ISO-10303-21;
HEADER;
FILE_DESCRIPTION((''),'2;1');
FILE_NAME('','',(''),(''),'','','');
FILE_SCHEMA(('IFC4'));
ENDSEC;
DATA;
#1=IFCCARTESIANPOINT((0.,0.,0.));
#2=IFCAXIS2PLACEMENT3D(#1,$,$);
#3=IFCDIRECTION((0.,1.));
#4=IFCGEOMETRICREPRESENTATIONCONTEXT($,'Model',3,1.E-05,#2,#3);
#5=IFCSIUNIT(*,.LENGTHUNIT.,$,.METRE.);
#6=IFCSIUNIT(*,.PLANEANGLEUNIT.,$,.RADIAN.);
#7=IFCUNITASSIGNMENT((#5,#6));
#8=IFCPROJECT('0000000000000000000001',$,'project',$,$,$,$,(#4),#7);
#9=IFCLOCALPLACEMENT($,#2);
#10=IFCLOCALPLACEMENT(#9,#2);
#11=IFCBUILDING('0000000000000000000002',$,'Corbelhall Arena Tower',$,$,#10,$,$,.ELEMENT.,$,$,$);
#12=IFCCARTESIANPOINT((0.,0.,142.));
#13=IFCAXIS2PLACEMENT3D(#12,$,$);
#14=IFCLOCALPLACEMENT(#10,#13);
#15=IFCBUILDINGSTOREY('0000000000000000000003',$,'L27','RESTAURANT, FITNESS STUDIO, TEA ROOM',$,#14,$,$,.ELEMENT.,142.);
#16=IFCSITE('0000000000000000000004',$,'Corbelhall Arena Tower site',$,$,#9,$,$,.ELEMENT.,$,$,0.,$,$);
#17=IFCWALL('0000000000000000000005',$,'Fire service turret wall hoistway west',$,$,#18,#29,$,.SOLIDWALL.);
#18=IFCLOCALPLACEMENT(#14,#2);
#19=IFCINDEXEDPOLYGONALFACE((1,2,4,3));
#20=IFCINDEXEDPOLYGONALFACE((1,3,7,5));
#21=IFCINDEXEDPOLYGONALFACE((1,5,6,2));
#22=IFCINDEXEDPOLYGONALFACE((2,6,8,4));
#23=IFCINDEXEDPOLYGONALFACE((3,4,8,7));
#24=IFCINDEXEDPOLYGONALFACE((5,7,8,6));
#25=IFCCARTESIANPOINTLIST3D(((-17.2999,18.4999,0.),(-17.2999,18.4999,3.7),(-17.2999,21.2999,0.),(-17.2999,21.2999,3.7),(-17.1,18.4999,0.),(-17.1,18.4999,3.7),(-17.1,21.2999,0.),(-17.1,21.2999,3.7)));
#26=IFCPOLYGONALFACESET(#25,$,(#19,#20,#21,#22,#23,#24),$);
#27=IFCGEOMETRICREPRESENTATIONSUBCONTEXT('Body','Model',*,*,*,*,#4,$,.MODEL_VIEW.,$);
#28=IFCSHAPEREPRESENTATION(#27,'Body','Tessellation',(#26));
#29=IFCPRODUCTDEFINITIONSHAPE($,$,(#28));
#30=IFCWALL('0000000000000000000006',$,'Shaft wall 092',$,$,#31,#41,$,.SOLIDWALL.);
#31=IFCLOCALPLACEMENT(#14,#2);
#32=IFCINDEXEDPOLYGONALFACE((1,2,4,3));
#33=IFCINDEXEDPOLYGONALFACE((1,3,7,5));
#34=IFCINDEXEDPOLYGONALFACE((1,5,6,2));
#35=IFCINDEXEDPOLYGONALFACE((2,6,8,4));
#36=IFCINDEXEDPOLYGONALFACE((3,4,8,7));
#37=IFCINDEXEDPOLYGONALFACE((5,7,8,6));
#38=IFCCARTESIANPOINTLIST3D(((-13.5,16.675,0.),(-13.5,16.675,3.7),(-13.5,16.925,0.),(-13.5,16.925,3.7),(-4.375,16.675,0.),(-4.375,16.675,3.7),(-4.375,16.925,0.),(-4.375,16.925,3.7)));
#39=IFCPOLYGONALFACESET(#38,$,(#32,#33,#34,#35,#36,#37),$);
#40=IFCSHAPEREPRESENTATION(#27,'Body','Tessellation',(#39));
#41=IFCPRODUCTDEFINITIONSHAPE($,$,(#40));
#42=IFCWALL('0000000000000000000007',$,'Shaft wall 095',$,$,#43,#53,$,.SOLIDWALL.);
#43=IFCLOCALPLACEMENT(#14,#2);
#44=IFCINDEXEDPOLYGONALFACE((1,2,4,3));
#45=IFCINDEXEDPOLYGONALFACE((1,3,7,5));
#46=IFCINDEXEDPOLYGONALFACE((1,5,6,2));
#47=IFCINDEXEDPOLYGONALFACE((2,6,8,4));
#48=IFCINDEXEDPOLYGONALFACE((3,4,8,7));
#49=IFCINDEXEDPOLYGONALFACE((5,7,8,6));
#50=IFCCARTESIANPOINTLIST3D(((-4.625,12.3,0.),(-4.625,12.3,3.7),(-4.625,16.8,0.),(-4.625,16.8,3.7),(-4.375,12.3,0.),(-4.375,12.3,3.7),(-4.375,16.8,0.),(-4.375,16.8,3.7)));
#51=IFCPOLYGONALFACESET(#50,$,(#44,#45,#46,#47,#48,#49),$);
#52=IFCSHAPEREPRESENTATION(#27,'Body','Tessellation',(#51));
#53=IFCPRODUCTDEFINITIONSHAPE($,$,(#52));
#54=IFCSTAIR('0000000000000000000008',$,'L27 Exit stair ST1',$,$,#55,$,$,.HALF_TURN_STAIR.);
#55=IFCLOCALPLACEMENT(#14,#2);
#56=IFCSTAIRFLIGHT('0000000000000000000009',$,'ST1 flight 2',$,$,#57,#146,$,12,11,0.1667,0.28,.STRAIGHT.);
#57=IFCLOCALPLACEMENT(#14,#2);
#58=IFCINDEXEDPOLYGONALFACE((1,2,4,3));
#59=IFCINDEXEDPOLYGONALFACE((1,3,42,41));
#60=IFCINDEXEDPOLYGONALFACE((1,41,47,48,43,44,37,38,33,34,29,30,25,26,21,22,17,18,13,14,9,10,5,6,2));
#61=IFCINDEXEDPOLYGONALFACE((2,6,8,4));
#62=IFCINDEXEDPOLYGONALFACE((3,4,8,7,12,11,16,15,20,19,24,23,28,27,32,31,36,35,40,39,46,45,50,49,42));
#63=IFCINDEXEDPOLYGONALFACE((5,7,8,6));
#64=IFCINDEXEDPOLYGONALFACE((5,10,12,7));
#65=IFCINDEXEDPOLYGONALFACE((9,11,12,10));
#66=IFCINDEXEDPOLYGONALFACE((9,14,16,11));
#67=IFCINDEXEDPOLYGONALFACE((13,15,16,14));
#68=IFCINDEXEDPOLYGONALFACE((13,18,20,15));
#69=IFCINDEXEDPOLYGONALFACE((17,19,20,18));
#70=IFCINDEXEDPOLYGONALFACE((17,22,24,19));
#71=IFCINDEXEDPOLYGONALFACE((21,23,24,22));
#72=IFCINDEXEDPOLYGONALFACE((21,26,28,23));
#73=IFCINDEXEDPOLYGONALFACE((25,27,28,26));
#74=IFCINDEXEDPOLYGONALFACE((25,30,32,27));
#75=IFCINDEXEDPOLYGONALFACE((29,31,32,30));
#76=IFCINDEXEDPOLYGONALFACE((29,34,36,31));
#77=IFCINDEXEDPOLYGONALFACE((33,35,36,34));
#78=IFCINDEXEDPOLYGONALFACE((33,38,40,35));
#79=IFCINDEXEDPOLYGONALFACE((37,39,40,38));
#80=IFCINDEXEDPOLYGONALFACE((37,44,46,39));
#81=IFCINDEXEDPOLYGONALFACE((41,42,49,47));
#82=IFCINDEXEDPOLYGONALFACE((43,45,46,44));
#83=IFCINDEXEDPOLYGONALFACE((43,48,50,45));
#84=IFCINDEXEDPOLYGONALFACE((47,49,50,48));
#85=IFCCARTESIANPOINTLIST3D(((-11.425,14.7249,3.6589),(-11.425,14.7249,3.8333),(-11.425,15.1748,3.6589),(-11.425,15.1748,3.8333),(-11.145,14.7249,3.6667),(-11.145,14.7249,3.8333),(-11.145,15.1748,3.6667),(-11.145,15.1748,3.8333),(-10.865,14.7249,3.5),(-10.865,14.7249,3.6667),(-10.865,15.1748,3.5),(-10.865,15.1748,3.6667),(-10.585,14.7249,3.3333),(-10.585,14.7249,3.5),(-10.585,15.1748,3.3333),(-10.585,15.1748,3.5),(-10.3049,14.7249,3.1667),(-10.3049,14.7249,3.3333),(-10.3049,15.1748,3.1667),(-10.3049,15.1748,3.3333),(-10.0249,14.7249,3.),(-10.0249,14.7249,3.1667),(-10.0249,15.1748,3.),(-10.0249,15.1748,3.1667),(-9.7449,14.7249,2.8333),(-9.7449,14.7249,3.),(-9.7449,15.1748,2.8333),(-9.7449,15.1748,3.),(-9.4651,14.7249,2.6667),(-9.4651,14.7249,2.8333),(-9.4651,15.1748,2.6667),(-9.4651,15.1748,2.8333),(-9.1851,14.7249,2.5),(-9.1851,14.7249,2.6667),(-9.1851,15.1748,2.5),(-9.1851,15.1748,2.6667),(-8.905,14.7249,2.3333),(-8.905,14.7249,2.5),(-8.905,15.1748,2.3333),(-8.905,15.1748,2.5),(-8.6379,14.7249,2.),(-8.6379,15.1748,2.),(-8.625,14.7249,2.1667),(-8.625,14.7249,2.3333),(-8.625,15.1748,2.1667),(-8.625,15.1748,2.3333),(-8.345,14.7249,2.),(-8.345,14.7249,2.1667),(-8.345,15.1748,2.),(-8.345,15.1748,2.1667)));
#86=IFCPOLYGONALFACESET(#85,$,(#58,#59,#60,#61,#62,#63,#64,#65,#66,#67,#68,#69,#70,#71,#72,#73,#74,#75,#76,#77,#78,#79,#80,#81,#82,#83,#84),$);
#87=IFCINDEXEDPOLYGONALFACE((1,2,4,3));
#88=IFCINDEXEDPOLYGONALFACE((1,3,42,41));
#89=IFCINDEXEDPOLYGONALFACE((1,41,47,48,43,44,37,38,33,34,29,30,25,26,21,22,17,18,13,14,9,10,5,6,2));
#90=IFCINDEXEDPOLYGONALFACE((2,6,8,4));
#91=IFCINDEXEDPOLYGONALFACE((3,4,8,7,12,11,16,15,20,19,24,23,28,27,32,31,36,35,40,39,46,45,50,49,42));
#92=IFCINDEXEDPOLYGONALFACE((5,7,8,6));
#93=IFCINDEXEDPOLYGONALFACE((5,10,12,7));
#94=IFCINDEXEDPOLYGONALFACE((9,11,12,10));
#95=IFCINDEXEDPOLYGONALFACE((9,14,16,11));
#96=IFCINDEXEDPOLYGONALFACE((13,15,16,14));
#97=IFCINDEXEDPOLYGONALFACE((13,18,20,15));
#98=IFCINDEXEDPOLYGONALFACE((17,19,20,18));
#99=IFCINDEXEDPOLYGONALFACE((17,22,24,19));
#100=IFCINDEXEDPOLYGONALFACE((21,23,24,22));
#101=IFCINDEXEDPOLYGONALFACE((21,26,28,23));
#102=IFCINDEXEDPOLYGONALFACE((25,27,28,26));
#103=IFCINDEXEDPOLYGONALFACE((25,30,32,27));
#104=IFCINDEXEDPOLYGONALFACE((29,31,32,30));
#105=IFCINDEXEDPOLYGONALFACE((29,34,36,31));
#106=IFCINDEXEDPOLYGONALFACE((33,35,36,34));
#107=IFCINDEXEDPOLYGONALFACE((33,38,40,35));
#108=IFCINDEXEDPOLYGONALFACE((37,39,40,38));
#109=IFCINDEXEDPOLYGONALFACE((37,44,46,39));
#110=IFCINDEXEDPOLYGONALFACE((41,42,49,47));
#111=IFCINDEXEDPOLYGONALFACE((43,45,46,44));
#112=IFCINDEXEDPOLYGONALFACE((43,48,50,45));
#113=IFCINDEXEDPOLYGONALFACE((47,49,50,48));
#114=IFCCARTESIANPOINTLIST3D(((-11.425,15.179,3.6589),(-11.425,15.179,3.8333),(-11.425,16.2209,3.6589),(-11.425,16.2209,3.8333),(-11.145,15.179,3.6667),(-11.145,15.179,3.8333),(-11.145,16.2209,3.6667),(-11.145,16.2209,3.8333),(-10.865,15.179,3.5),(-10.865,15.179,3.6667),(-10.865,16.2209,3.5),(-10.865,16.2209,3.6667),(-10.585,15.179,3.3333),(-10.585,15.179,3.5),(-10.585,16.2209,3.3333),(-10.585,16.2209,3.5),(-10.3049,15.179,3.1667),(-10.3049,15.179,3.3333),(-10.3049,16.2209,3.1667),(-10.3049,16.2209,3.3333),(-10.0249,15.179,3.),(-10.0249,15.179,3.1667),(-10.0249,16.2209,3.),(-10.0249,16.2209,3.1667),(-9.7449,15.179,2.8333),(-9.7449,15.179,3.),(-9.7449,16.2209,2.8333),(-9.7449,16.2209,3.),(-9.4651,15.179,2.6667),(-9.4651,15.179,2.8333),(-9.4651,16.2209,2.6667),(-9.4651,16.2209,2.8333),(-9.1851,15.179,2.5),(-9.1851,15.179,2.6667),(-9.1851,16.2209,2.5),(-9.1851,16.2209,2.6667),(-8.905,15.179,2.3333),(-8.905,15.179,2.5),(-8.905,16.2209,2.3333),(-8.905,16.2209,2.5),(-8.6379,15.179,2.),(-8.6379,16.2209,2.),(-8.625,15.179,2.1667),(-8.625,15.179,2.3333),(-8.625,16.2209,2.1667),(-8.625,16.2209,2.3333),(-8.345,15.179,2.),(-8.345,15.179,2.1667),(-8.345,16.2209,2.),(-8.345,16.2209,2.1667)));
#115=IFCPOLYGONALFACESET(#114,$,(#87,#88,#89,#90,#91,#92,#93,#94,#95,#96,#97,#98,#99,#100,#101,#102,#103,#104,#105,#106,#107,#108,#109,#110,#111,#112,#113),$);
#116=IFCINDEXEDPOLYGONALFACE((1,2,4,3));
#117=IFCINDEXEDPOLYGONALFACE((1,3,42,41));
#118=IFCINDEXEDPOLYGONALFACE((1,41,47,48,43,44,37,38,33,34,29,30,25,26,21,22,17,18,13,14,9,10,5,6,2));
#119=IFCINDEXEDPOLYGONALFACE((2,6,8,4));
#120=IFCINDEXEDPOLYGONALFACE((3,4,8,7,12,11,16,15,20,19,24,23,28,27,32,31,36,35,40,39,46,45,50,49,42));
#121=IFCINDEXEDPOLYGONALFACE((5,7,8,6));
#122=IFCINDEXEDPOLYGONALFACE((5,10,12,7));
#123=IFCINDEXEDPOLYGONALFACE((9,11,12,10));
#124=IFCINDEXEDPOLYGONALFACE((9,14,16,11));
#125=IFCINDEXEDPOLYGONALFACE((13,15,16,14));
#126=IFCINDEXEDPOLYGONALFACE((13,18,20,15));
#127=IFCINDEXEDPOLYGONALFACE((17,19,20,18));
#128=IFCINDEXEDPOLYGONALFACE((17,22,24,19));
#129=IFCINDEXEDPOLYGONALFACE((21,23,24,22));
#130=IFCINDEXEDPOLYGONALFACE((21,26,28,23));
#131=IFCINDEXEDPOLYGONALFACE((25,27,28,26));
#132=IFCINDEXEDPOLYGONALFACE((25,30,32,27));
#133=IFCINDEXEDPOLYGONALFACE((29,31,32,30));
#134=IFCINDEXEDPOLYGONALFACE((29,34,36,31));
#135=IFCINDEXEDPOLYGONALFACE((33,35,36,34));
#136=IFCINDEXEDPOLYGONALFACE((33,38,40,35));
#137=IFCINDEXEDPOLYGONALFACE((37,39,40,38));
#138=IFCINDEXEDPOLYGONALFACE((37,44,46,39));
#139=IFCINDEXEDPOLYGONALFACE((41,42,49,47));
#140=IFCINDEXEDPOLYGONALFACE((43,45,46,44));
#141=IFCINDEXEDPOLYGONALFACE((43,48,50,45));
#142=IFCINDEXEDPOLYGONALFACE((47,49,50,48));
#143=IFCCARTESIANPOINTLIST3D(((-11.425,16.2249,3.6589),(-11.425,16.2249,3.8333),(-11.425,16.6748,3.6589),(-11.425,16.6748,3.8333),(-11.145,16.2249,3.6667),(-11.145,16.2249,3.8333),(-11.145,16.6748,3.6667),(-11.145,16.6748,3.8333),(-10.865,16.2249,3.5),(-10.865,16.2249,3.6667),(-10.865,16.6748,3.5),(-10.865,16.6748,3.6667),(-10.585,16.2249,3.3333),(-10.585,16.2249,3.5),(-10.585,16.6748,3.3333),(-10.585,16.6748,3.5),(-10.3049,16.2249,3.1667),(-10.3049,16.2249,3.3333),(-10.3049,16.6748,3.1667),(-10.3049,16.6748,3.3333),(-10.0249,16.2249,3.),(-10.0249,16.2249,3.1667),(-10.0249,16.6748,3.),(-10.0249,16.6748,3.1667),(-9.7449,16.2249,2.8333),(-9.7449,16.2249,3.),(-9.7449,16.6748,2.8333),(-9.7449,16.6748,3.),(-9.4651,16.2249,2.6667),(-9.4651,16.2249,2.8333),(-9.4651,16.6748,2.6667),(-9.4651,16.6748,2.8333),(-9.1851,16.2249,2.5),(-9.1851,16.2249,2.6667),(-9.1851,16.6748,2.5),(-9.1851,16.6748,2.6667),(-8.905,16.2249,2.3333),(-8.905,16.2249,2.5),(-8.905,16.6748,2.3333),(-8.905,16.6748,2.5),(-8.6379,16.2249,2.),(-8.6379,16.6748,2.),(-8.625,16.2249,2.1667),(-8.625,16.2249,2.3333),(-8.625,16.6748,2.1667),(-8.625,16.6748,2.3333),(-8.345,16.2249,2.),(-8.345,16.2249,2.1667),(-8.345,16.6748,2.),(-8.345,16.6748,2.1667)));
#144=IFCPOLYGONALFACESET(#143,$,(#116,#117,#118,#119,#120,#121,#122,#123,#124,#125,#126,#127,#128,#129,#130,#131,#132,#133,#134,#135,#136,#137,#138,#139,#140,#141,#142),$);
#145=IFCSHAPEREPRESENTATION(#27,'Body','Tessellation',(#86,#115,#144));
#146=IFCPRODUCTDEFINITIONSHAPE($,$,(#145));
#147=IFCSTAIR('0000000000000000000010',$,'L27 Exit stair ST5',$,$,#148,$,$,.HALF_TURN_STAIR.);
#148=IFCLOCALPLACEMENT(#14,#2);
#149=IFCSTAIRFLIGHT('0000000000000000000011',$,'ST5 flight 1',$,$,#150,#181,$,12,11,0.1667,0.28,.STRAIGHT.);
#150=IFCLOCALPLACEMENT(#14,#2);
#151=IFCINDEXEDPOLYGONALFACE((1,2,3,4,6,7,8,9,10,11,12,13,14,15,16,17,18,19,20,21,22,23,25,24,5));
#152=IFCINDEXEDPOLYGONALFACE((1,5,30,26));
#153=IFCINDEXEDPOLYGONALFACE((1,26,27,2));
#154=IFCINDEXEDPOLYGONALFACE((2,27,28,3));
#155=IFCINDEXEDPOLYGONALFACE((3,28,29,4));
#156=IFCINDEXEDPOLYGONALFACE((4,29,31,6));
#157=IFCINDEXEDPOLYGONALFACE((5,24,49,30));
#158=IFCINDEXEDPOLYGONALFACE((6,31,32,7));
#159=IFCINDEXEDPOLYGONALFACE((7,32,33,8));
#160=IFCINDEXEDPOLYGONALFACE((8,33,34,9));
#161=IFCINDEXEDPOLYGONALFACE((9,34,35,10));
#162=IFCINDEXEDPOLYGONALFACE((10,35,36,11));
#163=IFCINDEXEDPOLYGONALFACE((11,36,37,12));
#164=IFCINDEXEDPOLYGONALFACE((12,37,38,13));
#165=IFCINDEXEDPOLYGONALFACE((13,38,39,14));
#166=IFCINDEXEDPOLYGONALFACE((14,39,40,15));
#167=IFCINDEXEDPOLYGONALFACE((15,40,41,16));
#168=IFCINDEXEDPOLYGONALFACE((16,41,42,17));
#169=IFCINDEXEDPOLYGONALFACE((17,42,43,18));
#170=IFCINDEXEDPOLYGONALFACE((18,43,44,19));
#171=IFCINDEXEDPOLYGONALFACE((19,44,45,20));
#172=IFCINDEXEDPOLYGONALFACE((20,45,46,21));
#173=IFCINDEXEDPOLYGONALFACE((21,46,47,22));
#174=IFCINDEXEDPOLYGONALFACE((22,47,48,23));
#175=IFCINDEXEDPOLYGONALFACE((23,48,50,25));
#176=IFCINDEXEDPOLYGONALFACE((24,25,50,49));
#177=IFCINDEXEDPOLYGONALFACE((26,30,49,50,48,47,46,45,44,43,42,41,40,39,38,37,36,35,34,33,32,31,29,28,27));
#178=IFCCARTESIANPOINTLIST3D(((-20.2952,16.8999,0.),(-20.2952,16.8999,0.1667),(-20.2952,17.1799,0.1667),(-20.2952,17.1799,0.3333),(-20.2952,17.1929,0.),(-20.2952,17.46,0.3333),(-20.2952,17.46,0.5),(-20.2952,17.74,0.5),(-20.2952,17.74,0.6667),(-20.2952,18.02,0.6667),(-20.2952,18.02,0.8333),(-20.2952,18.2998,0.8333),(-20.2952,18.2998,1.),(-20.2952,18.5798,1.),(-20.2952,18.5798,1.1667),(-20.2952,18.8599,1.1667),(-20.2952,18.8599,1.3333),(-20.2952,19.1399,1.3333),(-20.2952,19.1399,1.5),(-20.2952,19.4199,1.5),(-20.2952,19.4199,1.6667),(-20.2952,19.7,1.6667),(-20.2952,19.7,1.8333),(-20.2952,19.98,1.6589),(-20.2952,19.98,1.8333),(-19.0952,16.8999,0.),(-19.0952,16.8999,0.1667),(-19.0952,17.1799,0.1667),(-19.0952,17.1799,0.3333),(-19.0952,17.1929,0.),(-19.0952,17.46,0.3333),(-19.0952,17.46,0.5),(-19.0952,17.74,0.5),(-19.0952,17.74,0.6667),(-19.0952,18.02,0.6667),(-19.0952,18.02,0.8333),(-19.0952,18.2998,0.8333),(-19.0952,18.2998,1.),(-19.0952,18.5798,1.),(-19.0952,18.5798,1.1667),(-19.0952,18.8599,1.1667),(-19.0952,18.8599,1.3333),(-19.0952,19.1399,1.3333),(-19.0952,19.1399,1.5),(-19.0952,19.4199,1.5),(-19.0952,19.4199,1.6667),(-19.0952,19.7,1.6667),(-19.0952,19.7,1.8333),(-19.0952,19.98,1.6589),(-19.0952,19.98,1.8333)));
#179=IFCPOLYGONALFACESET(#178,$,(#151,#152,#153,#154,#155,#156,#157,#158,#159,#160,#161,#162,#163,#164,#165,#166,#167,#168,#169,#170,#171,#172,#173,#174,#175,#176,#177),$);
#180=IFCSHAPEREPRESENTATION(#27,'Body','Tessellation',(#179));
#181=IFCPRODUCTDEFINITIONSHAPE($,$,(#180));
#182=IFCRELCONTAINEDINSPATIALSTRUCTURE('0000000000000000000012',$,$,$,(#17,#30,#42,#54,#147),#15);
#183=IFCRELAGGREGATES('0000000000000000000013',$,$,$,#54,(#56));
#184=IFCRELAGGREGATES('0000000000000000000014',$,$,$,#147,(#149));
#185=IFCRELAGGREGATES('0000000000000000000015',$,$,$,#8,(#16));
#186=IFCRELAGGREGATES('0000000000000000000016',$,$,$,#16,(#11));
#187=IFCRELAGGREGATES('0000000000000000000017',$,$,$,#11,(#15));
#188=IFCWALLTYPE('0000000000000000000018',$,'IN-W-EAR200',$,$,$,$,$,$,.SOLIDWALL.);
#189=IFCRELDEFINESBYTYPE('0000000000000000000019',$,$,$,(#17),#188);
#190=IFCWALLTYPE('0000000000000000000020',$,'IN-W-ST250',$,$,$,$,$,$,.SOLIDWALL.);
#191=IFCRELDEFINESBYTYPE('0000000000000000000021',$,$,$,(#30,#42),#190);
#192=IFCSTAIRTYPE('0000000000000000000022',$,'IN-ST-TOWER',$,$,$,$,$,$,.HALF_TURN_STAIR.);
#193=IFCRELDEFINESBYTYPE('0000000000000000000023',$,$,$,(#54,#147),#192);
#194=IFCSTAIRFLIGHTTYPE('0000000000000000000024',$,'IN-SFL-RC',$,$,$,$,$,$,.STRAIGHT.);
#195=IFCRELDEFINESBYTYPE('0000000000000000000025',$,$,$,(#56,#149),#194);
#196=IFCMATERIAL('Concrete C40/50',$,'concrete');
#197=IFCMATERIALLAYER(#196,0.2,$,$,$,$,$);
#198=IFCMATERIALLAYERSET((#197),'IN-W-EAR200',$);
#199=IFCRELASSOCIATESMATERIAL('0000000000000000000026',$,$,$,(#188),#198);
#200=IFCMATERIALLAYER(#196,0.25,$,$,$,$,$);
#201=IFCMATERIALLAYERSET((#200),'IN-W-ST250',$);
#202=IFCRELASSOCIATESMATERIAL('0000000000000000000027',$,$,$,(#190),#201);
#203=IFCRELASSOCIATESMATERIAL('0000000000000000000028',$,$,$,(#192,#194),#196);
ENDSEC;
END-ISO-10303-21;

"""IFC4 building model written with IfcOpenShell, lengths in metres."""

from ifc_helpers import new_model, si_unit, direction, frame, frame_2d, origin, place, context, subcontext, project, spatial, polyline, rectangle, outline, extrude, material, layer, layer_set, type_object, element, aggregate, save


model = new_model("IFC4")

# Units and contexts
model_context = context("Model", 3, precision=1e-05, world=origin(), true_north=direction((0.0, 1.0)))
body_context = subcontext(model_context, "Body", "Model", "MODEL_VIEW")
ifc_project = project(units=[si_unit("LENGTHUNIT", "METRE"), si_unit("PLANEANGLEUNIT", "RADIAN")], contexts=[model_context])

# Site, building, storey
site_placement = place(None, origin())
site = spatial("IfcSite", under=ifc_project, at=site_placement, Name="Corbelhall Arena Tower site", CompositionType="ELEMENT", RefElevation=0.0)
building_placement = place(site_placement, origin())
building = spatial("IfcBuilding", under=site, at=building_placement, Name="Corbelhall Arena Tower", CompositionType="ELEMENT")
storey_placement = place(building_placement, frame((0.0, 0.0, 142.0)))
storey = spatial("IfcBuildingStorey", under=building, at=storey_placement, Name="L27", Description="RESTAURANT, FITNESS STUDIO, TEA ROOM", CompositionType="ELEMENT", Elevation=142.0)

# Shared definitions
ifc_material_1 = material(Name="Concrete C40/50", Category="concrete")
ifc_layer_1 = layer(ifc_material_1, 0.2)
ifc_layer_set_1 = layer_set([ifc_layer_1], Name="IN-W-EAR200")
wall_type_1 = type_object("IfcWallType", Name="IN-W-EAR200", PredefinedType="SOLIDWALL", material=ifc_layer_set_1)

# Wall
wall_1_placement = place(storey_placement, frame((-17.2, 18.5, 0.0), z_axis=(0.0, 0.0, 1.0), x_axis=(0.0, 1.0, 0.0)))
element("IfcWall", 1, at=wall_1_placement, inside=storey, type_object=wall_type_1, Name="Fire service turret wall hoistway west", PredefinedType="SOLIDWALL", context=body_context, shape_type="SweptSolid", body=[
    extrude(rectangle(XDim=2.8, YDim=0.2, at=frame_2d((1.3999, 0.0))), origin(), (0.0, 0.0, 1.0), 3.7),
])

# Walls
ifc_layer_2 = layer(ifc_material_1, 0.25)
ifc_layer_set_2 = layer_set([ifc_layer_2], Name="IN-W-ST250")
wall_type_2 = type_object("IfcWallType", Name="IN-W-ST250", PredefinedType="SOLIDWALL", material=ifc_layer_set_2)
wall_2_placement = place(storey_placement, frame((-13.5, 16.8, 0.0), z_axis=(0.0, 0.0, 1.0), x_axis=(1.0, 0.0, 0.0)))
element("IfcWall", 2, at=wall_2_placement, inside=storey, type_object=wall_type_2, Name="Shaft wall 092", PredefinedType="SOLIDWALL", context=body_context, shape_type="SweptSolid", body=[
    extrude(rectangle(XDim=9.125, YDim=0.25, at=frame_2d((4.5625, 0.0))), origin(), (0.0, 0.0, 1.0), 3.7),
])
wall_3_placement = place(storey_placement, frame((-4.5, 16.8, 0.0), z_axis=(0.0, 0.0, 1.0), x_axis=(0.0, -1.0, 0.0)))
element("IfcWall", 3, at=wall_3_placement, inside=storey, type_object=wall_type_2, Name="Shaft wall 095", PredefinedType="SOLIDWALL", context=body_context, shape_type="SweptSolid", body=[
    extrude(rectangle(XDim=4.5, YDim=0.25, at=frame_2d((2.25, 0.0))), origin(), (0.0, 0.0, 1.0), 3.7),
])

# Stair, stair flight
stair_type = type_object("IfcStairType", Name="IN-ST-TOWER", PredefinedType="HALF_TURN_STAIR", material=ifc_material_1)
stair_1_placement = place(storey_placement, origin())
stair_1 = element("IfcStair", 4, at=stair_1_placement, inside=storey, type_object=stair_type, Name="L27 Exit stair ST1", PredefinedType="HALF_TURN_STAIR")
stair_flight_type = type_object("IfcStairFlightType", Name="IN-SFL-RC", PredefinedType="STRAIGHT", material=ifc_material_1)
stair_flight_1_placement = place(storey_placement, frame((-8.345, 15.7, 2.0), z_axis=(0.0, 0.0, 1.0), x_axis=(-1.0, 0.0, 0.0)))
stair_flight_1 = element("IfcStairFlight", 5, at=stair_flight_1_placement, type_object=stair_flight_type, Name="ST1 flight 2", NumberOfRisers=12, NumberOfTreads=11, PredefinedType="STRAIGHT", RiserHeight=0.1667, TreadLength=0.28, context=body_context, shape_type="SweptSolid", body=[
    extrude(outline(polyline([(0.0, 0.0), (0.0, 0.1667), (0.28, 0.1667), (0.28, 0.3333), (0.5601, 0.3333), (0.5601, 0.5), (0.8401, 0.5), (0.8401, 0.6667), (1.1201, 0.6667), (1.1201, 0.8333), (1.3999, 0.8333), (1.3999, 1.0), (1.6799, 1.0), (1.6799, 1.1667), (1.96, 1.1667), (1.96, 1.3333), (2.24, 1.3333), (2.24, 1.5), (2.52, 1.5), (2.52, 1.6667), (2.8, 1.6667), (2.8, 1.8333), (3.0801, 1.8333), (3.0801, 2.0), (3.0801, 1.6589), (0.293, 0.0), (0.0, 0.0)])), frame((0.0, 0.9751, 0.0), z_axis=(0.0, -1.0, 0.0), x_axis=(1.0, 0.0, 0.0)), (0.0, 0.0, 1.0), 0.45),
    extrude(outline(polyline([(0.0, 0.0), (0.0, 0.1667), (0.28, 0.1667), (0.28, 0.3333), (0.5601, 0.3333), (0.5601, 0.5), (0.8401, 0.5), (0.8401, 0.6667), (1.1201, 0.6667), (1.1201, 0.8333), (1.3999, 0.8333), (1.3999, 1.0), (1.6799, 1.0), (1.6799, 1.1667), (1.96, 1.1667), (1.96, 1.3333), (2.24, 1.3333), (2.24, 1.5), (2.52, 1.5), (2.52, 1.6667), (2.8, 1.6667), (2.8, 1.8333), (3.0801, 1.8333), (3.0801, 2.0), (3.0801, 1.6589), (0.293, 0.0), (0.0, 0.0)])), frame((0.0, 0.521, 0.0), z_axis=(0.0, -1.0, 0.0), x_axis=(1.0, 0.0, 0.0)), (0.0, 0.0, 1.0), 1.042),
    extrude(outline(polyline([(0.0, 0.0), (0.0, 0.1667), (0.28, 0.1667), (0.28, 0.3333), (0.5601, 0.3333), (0.5601, 0.5), (0.8401, 0.5), (0.8401, 0.6667), (1.1201, 0.6667), (1.1201, 0.8333), (1.3999, 0.8333), (1.3999, 1.0), (1.6799, 1.0), (1.6799, 1.1667), (1.96, 1.1667), (1.96, 1.3333), (2.24, 1.3333), (2.24, 1.5), (2.52, 1.5), (2.52, 1.6667), (2.8, 1.6667), (2.8, 1.8333), (3.0801, 1.8333), (3.0801, 2.0), (3.0801, 1.6589), (0.293, 0.0), (0.0, 0.0)])), frame((0.0, -0.5249, 0.0), z_axis=(0.0, -1.0, 0.0), x_axis=(1.0, 0.0, 0.0)), (0.0, 0.0, 1.0), 0.45),
])
aggregate(stair_1, [stair_flight_1])

# Stair, stair flight
stair_2_placement = place(storey_placement, origin())
stair_2 = element("IfcStair", 6, at=stair_2_placement, inside=storey, type_object=stair_type, Name="L27 Exit stair ST5", PredefinedType="HALF_TURN_STAIR")
stair_flight_2_placement = place(storey_placement, frame((-19.6951, 16.8999, 0.0), z_axis=(0.0, 0.0, 1.0), x_axis=(0.0, 1.0, 0.0)))
stair_flight_2 = element("IfcStairFlight", 7, at=stair_flight_2_placement, type_object=stair_flight_type, Name="ST5 flight 1", NumberOfRisers=12, NumberOfTreads=11, PredefinedType="STRAIGHT", RiserHeight=0.1667, TreadLength=0.28, context=body_context, shape_type="SweptSolid", body=[
    extrude(outline(polyline([(0.0, 0.0), (0.0, 0.1667), (0.28, 0.1667), (0.28, 0.3333), (0.5601, 0.3333), (0.5601, 0.5), (0.8401, 0.5), (0.8401, 0.6667), (1.1201, 0.6667), (1.1201, 0.8333), (1.3999, 0.8333), (1.3999, 1.0), (1.6799, 1.0), (1.6799, 1.1667), (1.96, 1.1667), (1.96, 1.3333), (2.24, 1.3333), (2.24, 1.5), (2.52, 1.5), (2.52, 1.6667), (2.8, 1.6667), (2.8, 1.8333), (3.0801, 1.8333), (3.0801, 2.0), (3.0801, 1.6589), (0.293, 0.0), (0.0, 0.0)])), frame((0.0, 0.6001, 0.0), z_axis=(0.0, -1.0, 0.0), x_axis=(1.0, 0.0, 0.0)), (0.0, 0.0, 1.0), 1.2),
])
aggregate(stair_2, [stair_flight_2])

save(model, "model.ifc")
